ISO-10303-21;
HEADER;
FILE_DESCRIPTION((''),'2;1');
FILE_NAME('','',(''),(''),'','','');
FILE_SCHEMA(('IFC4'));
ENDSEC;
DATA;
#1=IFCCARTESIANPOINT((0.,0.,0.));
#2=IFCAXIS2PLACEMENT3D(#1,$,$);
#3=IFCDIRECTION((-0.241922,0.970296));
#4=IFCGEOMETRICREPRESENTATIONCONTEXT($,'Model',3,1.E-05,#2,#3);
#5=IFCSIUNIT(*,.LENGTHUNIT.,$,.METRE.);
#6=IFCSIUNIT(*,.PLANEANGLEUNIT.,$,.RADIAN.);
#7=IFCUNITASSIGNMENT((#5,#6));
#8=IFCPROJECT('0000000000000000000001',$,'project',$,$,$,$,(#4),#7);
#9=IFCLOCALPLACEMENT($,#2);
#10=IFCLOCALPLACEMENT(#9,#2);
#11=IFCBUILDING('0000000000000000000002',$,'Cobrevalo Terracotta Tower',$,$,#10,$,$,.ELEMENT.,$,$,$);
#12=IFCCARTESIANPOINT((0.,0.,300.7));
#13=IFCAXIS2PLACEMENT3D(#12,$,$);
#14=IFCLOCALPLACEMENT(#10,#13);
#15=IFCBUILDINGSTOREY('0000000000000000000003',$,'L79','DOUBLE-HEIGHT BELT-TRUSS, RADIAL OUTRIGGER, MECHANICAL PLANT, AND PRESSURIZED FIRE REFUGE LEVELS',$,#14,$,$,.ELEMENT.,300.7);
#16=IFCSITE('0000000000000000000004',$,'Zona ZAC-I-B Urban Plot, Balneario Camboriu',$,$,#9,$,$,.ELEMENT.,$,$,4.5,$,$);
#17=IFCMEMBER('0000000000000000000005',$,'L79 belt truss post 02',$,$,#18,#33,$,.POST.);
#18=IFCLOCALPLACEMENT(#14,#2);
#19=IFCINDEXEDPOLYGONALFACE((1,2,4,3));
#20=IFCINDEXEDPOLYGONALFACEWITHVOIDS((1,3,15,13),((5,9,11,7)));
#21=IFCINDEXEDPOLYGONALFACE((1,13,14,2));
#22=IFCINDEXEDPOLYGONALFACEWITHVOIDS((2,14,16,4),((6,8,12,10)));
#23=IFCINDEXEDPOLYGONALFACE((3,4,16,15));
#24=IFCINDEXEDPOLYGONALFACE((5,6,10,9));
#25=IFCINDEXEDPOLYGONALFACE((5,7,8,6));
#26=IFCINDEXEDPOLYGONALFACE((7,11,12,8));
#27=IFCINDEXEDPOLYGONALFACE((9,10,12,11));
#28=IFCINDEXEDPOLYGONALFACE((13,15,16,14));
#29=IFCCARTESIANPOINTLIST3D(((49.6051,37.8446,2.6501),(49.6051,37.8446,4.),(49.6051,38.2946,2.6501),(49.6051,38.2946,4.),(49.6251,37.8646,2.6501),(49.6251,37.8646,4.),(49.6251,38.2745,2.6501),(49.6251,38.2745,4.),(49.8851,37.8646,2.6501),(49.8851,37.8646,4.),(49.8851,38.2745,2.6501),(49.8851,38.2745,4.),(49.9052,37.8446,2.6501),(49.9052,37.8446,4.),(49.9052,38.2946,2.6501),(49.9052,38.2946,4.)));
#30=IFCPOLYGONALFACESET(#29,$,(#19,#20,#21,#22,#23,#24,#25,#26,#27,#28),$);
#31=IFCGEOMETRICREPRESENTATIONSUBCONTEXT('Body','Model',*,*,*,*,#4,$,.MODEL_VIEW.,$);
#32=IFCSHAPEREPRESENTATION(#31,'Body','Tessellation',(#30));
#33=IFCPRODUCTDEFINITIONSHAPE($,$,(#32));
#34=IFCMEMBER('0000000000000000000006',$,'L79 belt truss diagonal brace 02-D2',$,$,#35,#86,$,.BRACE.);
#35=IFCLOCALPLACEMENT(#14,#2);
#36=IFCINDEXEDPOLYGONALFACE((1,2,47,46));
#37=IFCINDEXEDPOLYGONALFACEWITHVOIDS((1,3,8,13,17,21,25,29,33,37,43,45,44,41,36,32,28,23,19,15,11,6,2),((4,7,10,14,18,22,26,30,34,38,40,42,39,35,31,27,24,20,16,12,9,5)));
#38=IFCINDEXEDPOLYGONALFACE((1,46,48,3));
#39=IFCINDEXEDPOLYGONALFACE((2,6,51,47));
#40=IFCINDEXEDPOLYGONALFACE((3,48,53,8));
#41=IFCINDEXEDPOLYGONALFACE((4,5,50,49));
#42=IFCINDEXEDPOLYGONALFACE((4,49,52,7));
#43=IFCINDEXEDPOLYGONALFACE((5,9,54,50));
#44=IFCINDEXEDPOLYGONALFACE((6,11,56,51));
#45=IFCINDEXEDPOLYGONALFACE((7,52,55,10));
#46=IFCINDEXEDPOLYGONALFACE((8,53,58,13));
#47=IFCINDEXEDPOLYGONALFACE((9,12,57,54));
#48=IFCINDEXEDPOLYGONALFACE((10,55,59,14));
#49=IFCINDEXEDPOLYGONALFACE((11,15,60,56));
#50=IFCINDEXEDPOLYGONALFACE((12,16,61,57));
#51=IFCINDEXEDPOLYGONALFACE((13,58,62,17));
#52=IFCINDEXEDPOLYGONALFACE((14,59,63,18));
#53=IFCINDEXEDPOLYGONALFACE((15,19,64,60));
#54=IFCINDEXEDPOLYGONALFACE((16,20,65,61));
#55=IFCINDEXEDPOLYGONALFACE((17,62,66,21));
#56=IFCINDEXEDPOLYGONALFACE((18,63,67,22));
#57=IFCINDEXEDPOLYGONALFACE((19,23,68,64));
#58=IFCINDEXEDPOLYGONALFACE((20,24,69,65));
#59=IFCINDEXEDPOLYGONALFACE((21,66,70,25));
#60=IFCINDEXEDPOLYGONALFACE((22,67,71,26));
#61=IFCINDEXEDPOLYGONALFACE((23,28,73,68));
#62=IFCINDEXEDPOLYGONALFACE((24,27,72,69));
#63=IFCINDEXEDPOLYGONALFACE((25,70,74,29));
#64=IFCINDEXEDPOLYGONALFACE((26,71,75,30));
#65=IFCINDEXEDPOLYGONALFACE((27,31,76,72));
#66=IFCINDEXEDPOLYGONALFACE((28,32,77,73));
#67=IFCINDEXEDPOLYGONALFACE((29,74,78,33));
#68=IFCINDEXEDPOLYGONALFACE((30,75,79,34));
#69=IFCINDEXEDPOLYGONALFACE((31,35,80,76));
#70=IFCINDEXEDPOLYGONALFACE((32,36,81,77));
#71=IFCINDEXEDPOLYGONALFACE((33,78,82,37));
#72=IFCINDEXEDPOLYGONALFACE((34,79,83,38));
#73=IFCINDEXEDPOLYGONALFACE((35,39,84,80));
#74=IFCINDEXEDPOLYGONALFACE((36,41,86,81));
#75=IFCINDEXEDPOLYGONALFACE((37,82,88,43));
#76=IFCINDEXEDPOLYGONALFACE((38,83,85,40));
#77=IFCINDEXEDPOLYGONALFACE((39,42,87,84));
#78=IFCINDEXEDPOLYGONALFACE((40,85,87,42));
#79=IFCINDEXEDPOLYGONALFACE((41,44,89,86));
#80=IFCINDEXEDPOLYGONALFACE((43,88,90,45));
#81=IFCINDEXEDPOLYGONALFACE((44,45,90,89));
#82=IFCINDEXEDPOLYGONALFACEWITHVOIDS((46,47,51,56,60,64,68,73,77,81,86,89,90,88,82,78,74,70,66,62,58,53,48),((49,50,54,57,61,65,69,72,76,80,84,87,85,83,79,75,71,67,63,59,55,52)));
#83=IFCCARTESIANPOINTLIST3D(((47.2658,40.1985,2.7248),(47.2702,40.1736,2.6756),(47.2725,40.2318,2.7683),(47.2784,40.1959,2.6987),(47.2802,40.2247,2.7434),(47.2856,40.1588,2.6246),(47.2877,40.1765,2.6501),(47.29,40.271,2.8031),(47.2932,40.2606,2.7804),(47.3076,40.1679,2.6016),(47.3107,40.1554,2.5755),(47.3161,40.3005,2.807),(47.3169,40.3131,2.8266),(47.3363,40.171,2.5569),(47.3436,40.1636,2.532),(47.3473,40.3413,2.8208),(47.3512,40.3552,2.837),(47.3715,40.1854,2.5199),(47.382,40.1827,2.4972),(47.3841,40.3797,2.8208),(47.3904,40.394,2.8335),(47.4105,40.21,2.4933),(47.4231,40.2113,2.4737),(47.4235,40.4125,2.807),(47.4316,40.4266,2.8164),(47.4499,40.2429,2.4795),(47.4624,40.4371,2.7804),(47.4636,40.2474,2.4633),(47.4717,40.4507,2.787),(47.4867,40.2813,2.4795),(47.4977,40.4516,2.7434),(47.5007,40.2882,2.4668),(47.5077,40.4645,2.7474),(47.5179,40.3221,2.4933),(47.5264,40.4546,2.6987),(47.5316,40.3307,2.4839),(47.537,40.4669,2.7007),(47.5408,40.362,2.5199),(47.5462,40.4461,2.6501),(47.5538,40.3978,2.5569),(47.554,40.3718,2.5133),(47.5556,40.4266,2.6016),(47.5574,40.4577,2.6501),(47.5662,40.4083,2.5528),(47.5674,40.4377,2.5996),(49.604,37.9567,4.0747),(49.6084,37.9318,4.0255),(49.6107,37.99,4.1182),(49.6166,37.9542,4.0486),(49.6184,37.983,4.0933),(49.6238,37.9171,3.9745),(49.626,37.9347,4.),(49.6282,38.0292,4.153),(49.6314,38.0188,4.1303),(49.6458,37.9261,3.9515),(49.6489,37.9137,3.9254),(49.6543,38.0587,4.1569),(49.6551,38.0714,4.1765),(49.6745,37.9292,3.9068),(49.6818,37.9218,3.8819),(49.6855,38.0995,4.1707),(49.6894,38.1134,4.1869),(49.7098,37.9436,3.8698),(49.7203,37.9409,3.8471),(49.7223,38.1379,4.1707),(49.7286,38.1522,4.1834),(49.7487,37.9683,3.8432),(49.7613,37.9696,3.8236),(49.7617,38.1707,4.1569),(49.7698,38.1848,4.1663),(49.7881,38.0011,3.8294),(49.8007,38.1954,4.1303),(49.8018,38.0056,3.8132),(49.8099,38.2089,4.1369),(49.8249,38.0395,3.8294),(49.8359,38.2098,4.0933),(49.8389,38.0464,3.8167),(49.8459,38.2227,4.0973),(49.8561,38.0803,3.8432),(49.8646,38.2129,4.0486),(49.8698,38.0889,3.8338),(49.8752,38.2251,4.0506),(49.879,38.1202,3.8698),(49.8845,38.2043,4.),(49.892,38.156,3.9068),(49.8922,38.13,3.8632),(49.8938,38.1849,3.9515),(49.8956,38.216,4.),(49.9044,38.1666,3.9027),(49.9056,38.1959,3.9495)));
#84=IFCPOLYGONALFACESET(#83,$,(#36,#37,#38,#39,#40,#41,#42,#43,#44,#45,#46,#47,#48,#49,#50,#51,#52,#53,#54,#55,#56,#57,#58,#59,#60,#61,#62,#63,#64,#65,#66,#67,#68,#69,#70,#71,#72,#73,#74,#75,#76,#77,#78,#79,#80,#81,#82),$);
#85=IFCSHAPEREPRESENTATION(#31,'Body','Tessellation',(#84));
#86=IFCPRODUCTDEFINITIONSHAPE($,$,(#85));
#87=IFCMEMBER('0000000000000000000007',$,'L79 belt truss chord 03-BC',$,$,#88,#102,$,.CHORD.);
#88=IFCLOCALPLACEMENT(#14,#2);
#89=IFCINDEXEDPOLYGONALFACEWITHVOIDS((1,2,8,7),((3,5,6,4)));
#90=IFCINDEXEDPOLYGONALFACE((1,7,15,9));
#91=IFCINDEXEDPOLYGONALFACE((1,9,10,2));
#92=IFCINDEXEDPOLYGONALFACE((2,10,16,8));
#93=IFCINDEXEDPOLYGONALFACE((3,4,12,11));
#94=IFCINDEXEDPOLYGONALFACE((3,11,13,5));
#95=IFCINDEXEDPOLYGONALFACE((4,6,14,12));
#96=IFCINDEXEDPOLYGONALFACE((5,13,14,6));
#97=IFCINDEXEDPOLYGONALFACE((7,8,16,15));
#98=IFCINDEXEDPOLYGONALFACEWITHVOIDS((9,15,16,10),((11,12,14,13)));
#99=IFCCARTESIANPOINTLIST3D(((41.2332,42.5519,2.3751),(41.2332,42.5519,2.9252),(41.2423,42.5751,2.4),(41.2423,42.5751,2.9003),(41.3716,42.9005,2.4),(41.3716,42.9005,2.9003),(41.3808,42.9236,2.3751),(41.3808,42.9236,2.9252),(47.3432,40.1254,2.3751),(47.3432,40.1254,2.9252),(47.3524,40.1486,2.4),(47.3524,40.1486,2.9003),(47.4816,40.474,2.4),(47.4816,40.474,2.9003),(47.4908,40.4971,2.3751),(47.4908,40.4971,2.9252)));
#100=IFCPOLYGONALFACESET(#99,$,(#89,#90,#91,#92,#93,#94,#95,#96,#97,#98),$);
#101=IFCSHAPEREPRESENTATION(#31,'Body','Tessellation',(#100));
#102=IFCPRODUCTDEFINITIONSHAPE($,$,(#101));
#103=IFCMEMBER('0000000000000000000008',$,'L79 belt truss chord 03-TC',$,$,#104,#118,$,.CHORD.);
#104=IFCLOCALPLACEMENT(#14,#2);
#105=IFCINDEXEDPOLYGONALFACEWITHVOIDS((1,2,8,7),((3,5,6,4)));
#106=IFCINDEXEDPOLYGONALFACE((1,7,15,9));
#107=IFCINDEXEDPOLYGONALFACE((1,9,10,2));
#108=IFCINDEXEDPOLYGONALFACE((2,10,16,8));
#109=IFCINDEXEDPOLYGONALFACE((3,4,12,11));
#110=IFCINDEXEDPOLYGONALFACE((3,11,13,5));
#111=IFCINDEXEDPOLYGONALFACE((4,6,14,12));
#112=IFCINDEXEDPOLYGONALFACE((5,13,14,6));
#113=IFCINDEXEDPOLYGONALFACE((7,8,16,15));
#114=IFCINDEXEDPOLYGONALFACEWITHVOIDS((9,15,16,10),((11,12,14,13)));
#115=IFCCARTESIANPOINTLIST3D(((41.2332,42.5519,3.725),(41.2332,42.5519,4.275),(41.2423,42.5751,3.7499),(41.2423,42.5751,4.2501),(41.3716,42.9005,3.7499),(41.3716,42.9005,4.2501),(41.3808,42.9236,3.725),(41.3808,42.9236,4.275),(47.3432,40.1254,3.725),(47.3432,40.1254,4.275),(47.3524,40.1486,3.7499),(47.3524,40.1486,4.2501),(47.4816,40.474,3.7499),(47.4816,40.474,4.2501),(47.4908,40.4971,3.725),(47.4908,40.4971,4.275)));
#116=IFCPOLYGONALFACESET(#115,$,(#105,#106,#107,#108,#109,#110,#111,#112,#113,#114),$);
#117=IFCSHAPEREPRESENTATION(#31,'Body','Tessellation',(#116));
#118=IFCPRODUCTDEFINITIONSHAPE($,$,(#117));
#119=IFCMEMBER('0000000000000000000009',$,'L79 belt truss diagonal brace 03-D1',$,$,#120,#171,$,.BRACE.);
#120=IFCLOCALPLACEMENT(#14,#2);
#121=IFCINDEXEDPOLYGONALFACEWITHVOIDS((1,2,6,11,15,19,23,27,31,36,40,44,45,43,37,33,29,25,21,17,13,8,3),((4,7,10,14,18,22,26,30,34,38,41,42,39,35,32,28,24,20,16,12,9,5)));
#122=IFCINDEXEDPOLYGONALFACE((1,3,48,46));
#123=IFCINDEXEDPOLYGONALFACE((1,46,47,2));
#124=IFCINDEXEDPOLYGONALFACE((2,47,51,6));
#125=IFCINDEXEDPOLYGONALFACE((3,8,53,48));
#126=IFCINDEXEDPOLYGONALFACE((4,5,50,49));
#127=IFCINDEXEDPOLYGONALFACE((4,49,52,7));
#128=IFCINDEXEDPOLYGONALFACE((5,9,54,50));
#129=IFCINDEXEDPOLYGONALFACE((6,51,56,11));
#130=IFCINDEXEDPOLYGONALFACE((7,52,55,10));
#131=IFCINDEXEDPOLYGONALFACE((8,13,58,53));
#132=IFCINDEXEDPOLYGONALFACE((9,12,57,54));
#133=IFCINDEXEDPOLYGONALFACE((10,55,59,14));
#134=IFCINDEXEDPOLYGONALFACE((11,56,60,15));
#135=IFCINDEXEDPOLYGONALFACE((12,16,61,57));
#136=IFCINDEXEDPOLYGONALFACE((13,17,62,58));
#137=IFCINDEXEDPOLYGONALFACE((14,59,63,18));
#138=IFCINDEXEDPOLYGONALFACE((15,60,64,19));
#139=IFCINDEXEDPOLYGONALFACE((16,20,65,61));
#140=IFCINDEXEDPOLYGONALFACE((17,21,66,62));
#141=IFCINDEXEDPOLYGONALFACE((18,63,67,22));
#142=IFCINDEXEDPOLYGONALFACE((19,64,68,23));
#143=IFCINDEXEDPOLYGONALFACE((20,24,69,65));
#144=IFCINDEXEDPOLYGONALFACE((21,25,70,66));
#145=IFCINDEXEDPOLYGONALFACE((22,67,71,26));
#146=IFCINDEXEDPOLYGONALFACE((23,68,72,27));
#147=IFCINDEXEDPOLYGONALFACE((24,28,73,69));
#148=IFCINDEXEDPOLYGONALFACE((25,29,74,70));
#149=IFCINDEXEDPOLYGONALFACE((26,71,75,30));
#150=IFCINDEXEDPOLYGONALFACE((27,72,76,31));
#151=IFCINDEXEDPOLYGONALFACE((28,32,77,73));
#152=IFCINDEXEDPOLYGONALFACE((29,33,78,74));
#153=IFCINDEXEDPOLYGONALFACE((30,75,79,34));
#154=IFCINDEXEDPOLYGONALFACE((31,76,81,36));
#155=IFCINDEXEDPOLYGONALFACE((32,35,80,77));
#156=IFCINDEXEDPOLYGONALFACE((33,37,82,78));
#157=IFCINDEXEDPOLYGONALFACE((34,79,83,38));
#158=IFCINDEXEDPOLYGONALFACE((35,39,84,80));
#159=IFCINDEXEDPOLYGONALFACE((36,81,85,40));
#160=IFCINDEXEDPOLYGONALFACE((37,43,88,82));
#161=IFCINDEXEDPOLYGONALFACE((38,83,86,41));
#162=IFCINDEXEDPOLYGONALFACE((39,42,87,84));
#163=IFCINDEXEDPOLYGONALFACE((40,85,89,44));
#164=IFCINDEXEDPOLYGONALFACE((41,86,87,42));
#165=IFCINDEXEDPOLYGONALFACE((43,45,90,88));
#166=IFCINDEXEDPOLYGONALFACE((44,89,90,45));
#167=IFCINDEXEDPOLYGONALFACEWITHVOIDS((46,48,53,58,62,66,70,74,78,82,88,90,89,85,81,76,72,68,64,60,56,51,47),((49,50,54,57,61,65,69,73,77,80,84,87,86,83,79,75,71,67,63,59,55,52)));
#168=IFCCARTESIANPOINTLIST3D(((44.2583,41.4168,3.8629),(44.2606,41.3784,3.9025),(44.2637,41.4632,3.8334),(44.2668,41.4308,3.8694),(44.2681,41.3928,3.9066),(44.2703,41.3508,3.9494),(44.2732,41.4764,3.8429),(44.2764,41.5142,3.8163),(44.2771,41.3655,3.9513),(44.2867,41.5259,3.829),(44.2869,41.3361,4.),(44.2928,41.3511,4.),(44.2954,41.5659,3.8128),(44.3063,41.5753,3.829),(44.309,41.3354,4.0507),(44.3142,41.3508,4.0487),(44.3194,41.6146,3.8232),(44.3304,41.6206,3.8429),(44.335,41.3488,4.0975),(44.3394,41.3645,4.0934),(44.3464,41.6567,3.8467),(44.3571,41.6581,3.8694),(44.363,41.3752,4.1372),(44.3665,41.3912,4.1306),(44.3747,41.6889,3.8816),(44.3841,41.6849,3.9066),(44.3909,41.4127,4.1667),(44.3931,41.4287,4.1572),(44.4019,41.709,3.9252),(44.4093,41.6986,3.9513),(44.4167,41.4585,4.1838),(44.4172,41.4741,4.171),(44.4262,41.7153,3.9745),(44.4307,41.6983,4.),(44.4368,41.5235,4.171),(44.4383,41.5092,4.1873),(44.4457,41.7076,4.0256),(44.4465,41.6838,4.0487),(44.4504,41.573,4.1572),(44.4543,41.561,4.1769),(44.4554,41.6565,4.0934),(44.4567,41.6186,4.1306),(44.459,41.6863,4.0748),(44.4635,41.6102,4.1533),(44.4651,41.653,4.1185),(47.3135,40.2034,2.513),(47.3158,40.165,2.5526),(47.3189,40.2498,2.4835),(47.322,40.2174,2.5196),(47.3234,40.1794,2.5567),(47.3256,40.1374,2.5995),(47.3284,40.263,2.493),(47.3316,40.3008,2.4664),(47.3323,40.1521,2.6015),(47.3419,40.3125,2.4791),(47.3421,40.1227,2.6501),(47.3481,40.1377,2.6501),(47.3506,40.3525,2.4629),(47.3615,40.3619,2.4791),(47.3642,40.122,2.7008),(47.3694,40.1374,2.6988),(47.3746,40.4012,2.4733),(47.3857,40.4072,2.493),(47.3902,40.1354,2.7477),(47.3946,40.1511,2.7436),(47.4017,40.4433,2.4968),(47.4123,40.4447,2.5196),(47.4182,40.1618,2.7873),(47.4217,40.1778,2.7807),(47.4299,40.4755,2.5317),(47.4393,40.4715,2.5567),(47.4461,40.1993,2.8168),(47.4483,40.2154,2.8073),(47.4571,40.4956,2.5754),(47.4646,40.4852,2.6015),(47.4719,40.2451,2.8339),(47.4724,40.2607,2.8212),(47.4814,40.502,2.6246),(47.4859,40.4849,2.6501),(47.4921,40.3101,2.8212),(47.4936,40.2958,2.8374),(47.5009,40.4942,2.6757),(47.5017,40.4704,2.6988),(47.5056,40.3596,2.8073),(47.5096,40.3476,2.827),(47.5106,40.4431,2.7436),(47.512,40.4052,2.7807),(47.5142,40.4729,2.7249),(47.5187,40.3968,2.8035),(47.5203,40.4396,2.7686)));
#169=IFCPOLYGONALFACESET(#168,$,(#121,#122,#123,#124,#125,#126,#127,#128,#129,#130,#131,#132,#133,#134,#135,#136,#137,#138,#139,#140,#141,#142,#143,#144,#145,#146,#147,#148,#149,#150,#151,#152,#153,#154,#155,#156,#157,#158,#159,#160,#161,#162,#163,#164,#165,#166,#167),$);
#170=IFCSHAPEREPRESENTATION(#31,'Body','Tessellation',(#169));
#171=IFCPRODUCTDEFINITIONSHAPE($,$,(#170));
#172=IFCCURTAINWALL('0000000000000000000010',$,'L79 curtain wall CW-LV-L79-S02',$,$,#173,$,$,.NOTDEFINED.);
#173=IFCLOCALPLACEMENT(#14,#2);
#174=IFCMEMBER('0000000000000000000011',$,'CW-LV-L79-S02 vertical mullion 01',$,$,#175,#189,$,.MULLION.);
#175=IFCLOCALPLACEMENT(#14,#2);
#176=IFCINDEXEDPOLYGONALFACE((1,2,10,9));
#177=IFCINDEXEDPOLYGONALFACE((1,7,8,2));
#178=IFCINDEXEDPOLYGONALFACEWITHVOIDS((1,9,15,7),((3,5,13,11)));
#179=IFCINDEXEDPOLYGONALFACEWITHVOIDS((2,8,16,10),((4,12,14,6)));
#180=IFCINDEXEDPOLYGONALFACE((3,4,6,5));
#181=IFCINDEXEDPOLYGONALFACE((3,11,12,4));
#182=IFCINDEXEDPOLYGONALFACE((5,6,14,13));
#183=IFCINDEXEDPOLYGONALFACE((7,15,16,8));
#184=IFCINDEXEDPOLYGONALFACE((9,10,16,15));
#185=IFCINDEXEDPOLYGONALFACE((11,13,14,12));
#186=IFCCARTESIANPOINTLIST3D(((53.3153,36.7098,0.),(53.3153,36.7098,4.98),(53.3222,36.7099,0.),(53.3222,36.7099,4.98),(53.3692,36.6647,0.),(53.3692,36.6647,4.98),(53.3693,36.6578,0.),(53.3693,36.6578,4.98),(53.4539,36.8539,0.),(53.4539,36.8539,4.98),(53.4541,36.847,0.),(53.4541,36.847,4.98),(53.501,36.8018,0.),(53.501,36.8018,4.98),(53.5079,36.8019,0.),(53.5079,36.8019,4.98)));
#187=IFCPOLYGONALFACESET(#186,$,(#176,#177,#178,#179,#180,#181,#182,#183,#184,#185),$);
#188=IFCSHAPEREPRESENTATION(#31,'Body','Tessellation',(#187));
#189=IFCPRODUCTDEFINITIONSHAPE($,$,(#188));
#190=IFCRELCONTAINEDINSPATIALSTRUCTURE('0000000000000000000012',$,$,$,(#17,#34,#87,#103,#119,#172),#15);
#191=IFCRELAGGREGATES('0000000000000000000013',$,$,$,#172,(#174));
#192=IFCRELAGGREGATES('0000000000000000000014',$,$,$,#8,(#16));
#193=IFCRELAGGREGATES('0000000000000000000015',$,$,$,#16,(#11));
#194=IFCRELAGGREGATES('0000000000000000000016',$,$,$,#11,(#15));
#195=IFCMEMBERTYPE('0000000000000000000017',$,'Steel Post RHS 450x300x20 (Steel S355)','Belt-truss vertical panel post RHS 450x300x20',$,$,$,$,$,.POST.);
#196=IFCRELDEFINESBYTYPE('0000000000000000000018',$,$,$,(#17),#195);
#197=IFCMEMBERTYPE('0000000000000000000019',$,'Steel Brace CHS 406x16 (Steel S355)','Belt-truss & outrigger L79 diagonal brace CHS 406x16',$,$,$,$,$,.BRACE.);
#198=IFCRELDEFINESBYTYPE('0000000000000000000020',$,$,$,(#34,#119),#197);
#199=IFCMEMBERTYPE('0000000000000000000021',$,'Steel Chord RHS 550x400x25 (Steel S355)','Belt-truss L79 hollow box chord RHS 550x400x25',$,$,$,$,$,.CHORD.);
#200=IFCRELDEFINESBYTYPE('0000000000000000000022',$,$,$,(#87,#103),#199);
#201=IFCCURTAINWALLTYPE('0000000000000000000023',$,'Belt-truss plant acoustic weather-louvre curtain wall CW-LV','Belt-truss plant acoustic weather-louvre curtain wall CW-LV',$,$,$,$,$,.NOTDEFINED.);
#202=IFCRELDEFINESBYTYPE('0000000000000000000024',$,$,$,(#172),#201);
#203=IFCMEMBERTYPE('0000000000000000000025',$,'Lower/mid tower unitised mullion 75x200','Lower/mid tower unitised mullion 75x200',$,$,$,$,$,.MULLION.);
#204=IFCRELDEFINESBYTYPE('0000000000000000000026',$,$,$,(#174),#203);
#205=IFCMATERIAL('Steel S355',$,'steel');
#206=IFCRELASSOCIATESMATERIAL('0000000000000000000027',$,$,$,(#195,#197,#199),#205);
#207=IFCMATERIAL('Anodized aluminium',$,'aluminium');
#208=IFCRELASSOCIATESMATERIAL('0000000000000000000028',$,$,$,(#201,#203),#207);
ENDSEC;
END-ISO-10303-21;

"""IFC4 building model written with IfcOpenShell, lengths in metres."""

from ifc_helpers import new_model, si_unit, direction, frame, origin, origin_2d, place, context, subcontext, project, spatial, hollow_rectangle, hollow_circle, extrude, source, transform, mapped, material, material_profile, profile_set, type_object, element, aggregate, save


model = new_model("IFC4")

# Units and contexts
model_context = context("Model", 3, precision=1e-05, world=origin(), true_north=direction((-0.241922, 0.970296)))
body_context = subcontext(model_context, "Body", "Model", "MODEL_VIEW")
ifc_project = project(units=[si_unit("LENGTHUNIT", "METRE"), si_unit("PLANEANGLEUNIT", "RADIAN")], contexts=[model_context])

# Site, building, storey
site_placement = place(None, origin())
site = spatial("IfcSite", under=ifc_project, at=site_placement, Name="Zona ZAC-I-B Urban Plot, Balneario Camboriu", CompositionType="ELEMENT", RefElevation=4.5)
building_placement = place(site_placement, origin())
building = spatial("IfcBuilding", under=site, at=building_placement, Name="Cobrevalo Terracotta Tower", CompositionType="ELEMENT")
storey_placement = place(building_placement, frame((0.0, 0.0, 300.7)))
storey = spatial("IfcBuildingStorey", under=building, at=storey_placement, Name="L79", Description="DOUBLE-HEIGHT BELT-TRUSS, RADIAL OUTRIGGER, MECHANICAL PLANT, AND PRESSURIZED FIRE REFUGE LEVELS", CompositionType="ELEMENT", Elevation=300.7)

# Shared definitions
ifc_material_1 = material(Name="Steel S355", Category="steel")

# Members
ifc_material_profile_1 = material_profile(ifc_material_1, hollow_rectangle(XDim=0.3, YDim=0.45, WallThickness=0.02, at=origin_2d()), Name="RHS 450x300x20")
ifc_profile_set_1 = profile_set([ifc_material_profile_1], Name="Steel S355")
member_type_1 = type_object("IfcMemberType", Name="Steel Post RHS 450x300x20 (Steel S355)", Description="Belt-truss vertical panel post RHS 450x300x20", PredefinedType="POST", material=ifc_profile_set_1)
shared_shape_1 = source(origin(), body_context, "Body", "SweptSolid", [
    extrude(hollow_rectangle(XDim=0.3, YDim=0.45, WallThickness=0.02, at=origin_2d()), origin(), (0.0, 0.0, 1.0), 1.3499),
])
member_1_placement = place(storey_placement, frame((49.7551, 38.0696, 2.6501), z_axis=(0.0, 0.0, 1.0), x_axis=(1.0, 0.0, 0.0)))
element("IfcMember", 1, at=member_1_placement, inside=storey, type_object=member_type_1, Name="L79 belt truss post 02", PredefinedType="POST", context=body_context, shape_type="MappedRepresentation", body=[
    mapped(shared_shape_1, transform((0.0, 0.0, 0.0), scale=1.0)),
])
ifc_material_profile_2 = material_profile(ifc_material_1, hollow_circle(Radius=0.2029, WallThickness=0.0161, at=origin_2d()), Name="CHS 406x16")
ifc_profile_set_2 = profile_set([ifc_material_profile_2], Name="Steel S355")
member_type_2 = type_object("IfcMemberType", Name="Steel Brace CHS 406x16 (Steel S355)", Description="Belt-truss & outrigger L79 diagonal brace CHS 406x16", PredefinedType="BRACE", material=ifc_profile_set_2)
shared_shape_2 = source(origin(), body_context, "Body", "SweptSolid", [
    extrude(hollow_circle(Radius=0.2029, WallThickness=0.0161, at=origin_2d()), origin(), (0.0, 0.0, 1.0), 3.5093),
])
member_2_placement = place(storey_placement, frame((47.417, 40.3113, 2.6501), z_axis=(0.666295, -0.638814, 0.384666), x_axis=(0.692064, 0.721836, 0.0)))
element("IfcMember", 2, at=member_2_placement, inside=storey, type_object=member_type_2, Name="L79 belt truss diagonal brace 02-D2", PredefinedType="BRACE", context=body_context, shape_type="MappedRepresentation", body=[
    mapped(shared_shape_2, transform((0.0, 0.0, 0.0), scale=1.0)),
])
ifc_material_profile_3 = material_profile(ifc_material_1, hollow_rectangle(XDim=0.3999, YDim=0.55, WallThickness=0.0249, at=origin_2d()), Name="RHS 550x400x25")
ifc_profile_set_3 = profile_set([ifc_material_profile_3], Name="Steel S355")
member_type_3 = type_object("IfcMemberType", Name="Steel Chord RHS 550x400x25 (Steel S355)", Description="Belt-truss L79 hollow box chord RHS 550x400x25", PredefinedType="CHORD", material=ifc_profile_set_3)
shared_shape_3 = source(origin(), body_context, "Body", "SweptSolid", [
    extrude(hollow_rectangle(XDim=0.3999, YDim=0.55, WallThickness=0.0249, at=origin_2d()), origin(), (0.0, 0.0, 1.0), 6.5742),
])
for number, where, z_axis, x_axis, name in (
    (3, (47.417, 40.3113, 2.6501), (-0.929393, 0.369091, 0.0), (-0.369091, -0.929393, 0.0), "L79 belt truss chord 03-BC"),
    (4, (47.417, 40.3113, 4.0), (-0.929393, 0.369091, 0.0), (-0.369091, -0.929393, 0.0), "L79 belt truss chord 03-TC"),
):
    element("IfcMember", number, at=place(storey_placement, frame(where, z_axis=z_axis, x_axis=x_axis)), inside=storey, type_object=member_type_3, Name=name, PredefinedType="CHORD", context=body_context, shape_type="MappedRepresentation", body=[
        mapped(shared_shape_3, transform((0.0, 0.0, 0.0), scale=1.0)),
    ])
shared_shape_4 = source(origin(), body_context, "Body", "SweptSolid", [
    extrude(hollow_circle(Radius=0.2029, WallThickness=0.0161, at=origin_2d()), origin(), (0.0, 0.0, 1.0), 3.5537),
])
member_3_placement = place(storey_placement, frame((47.417, 40.3113, 2.6501), z_axis=(-0.859727, 0.341445, 0.379849), x_axis=(-0.36911, -0.929386, 0.0)))
element("IfcMember", 5, at=member_3_placement, inside=storey, type_object=member_type_2, Name="L79 belt truss diagonal brace 03-D1", PredefinedType="BRACE", context=body_context, shape_type="MappedRepresentation", body=[
    mapped(shared_shape_4, transform((0.0, 0.0, 0.0), scale=1.0)),
])

# Curtain wall, member
ifc_material_2 = material(Name="Anodized aluminium", Category="aluminium")
curtain_wall_type = type_object("IfcCurtainWallType", Name="Belt-truss plant acoustic weather-louvre curtain wall CW-LV", Description="Belt-truss plant acoustic weather-louvre curtain wall CW-LV", PredefinedType="NOTDEFINED", material=ifc_material_2)
curtain_wall_1_placement = place(storey_placement, origin())
curtain_wall_1 = element("IfcCurtainWall", 6, at=curtain_wall_1_placement, inside=storey, type_object=curtain_wall_type, Name="L79 curtain wall CW-LV-L79-S02", PredefinedType="NOTDEFINED")
ifc_material_profile_4 = material_profile(ifc_material_2, hollow_rectangle(XDim=0.075, YDim=0.2, WallThickness=0.0049, at=origin_2d()), Name="CWM 75x200")
ifc_profile_set_4 = profile_set([ifc_material_profile_4], Name="Anodized aluminium")
member_type_4 = type_object("IfcMemberType", Name="Lower/mid tower unitised mullion 75x200", Description="Lower/mid tower unitised mullion 75x200", PredefinedType="MULLION", material=ifc_profile_set_4)
shared_shape_5 = source(origin(), body_context, "Body", "SweptSolid", [
    extrude(hollow_rectangle(XDim=0.075, YDim=0.2, WallThickness=0.0049, at=origin_2d()), origin(), (0.0, 0.0, 1.0), 4.98),
])
member_4_placement = place(storey_placement, frame((53.4116, 36.7559, 0.0), z_axis=(0.0, 0.0, 1.0), x_axis=(-0.720551, 0.693402, 0.0)))
member_4 = element("IfcMember", 7, at=member_4_placement, type_object=member_type_4, Name="CW-LV-L79-S02 vertical mullion 01", PredefinedType="MULLION", context=body_context, shape_type="MappedRepresentation", body=[
    mapped(shared_shape_5, transform((0.0, 0.0, 0.0), scale=1.0)),
])

aggregate(curtain_wall_1, [member_4])

save(model, "model.ifc")
